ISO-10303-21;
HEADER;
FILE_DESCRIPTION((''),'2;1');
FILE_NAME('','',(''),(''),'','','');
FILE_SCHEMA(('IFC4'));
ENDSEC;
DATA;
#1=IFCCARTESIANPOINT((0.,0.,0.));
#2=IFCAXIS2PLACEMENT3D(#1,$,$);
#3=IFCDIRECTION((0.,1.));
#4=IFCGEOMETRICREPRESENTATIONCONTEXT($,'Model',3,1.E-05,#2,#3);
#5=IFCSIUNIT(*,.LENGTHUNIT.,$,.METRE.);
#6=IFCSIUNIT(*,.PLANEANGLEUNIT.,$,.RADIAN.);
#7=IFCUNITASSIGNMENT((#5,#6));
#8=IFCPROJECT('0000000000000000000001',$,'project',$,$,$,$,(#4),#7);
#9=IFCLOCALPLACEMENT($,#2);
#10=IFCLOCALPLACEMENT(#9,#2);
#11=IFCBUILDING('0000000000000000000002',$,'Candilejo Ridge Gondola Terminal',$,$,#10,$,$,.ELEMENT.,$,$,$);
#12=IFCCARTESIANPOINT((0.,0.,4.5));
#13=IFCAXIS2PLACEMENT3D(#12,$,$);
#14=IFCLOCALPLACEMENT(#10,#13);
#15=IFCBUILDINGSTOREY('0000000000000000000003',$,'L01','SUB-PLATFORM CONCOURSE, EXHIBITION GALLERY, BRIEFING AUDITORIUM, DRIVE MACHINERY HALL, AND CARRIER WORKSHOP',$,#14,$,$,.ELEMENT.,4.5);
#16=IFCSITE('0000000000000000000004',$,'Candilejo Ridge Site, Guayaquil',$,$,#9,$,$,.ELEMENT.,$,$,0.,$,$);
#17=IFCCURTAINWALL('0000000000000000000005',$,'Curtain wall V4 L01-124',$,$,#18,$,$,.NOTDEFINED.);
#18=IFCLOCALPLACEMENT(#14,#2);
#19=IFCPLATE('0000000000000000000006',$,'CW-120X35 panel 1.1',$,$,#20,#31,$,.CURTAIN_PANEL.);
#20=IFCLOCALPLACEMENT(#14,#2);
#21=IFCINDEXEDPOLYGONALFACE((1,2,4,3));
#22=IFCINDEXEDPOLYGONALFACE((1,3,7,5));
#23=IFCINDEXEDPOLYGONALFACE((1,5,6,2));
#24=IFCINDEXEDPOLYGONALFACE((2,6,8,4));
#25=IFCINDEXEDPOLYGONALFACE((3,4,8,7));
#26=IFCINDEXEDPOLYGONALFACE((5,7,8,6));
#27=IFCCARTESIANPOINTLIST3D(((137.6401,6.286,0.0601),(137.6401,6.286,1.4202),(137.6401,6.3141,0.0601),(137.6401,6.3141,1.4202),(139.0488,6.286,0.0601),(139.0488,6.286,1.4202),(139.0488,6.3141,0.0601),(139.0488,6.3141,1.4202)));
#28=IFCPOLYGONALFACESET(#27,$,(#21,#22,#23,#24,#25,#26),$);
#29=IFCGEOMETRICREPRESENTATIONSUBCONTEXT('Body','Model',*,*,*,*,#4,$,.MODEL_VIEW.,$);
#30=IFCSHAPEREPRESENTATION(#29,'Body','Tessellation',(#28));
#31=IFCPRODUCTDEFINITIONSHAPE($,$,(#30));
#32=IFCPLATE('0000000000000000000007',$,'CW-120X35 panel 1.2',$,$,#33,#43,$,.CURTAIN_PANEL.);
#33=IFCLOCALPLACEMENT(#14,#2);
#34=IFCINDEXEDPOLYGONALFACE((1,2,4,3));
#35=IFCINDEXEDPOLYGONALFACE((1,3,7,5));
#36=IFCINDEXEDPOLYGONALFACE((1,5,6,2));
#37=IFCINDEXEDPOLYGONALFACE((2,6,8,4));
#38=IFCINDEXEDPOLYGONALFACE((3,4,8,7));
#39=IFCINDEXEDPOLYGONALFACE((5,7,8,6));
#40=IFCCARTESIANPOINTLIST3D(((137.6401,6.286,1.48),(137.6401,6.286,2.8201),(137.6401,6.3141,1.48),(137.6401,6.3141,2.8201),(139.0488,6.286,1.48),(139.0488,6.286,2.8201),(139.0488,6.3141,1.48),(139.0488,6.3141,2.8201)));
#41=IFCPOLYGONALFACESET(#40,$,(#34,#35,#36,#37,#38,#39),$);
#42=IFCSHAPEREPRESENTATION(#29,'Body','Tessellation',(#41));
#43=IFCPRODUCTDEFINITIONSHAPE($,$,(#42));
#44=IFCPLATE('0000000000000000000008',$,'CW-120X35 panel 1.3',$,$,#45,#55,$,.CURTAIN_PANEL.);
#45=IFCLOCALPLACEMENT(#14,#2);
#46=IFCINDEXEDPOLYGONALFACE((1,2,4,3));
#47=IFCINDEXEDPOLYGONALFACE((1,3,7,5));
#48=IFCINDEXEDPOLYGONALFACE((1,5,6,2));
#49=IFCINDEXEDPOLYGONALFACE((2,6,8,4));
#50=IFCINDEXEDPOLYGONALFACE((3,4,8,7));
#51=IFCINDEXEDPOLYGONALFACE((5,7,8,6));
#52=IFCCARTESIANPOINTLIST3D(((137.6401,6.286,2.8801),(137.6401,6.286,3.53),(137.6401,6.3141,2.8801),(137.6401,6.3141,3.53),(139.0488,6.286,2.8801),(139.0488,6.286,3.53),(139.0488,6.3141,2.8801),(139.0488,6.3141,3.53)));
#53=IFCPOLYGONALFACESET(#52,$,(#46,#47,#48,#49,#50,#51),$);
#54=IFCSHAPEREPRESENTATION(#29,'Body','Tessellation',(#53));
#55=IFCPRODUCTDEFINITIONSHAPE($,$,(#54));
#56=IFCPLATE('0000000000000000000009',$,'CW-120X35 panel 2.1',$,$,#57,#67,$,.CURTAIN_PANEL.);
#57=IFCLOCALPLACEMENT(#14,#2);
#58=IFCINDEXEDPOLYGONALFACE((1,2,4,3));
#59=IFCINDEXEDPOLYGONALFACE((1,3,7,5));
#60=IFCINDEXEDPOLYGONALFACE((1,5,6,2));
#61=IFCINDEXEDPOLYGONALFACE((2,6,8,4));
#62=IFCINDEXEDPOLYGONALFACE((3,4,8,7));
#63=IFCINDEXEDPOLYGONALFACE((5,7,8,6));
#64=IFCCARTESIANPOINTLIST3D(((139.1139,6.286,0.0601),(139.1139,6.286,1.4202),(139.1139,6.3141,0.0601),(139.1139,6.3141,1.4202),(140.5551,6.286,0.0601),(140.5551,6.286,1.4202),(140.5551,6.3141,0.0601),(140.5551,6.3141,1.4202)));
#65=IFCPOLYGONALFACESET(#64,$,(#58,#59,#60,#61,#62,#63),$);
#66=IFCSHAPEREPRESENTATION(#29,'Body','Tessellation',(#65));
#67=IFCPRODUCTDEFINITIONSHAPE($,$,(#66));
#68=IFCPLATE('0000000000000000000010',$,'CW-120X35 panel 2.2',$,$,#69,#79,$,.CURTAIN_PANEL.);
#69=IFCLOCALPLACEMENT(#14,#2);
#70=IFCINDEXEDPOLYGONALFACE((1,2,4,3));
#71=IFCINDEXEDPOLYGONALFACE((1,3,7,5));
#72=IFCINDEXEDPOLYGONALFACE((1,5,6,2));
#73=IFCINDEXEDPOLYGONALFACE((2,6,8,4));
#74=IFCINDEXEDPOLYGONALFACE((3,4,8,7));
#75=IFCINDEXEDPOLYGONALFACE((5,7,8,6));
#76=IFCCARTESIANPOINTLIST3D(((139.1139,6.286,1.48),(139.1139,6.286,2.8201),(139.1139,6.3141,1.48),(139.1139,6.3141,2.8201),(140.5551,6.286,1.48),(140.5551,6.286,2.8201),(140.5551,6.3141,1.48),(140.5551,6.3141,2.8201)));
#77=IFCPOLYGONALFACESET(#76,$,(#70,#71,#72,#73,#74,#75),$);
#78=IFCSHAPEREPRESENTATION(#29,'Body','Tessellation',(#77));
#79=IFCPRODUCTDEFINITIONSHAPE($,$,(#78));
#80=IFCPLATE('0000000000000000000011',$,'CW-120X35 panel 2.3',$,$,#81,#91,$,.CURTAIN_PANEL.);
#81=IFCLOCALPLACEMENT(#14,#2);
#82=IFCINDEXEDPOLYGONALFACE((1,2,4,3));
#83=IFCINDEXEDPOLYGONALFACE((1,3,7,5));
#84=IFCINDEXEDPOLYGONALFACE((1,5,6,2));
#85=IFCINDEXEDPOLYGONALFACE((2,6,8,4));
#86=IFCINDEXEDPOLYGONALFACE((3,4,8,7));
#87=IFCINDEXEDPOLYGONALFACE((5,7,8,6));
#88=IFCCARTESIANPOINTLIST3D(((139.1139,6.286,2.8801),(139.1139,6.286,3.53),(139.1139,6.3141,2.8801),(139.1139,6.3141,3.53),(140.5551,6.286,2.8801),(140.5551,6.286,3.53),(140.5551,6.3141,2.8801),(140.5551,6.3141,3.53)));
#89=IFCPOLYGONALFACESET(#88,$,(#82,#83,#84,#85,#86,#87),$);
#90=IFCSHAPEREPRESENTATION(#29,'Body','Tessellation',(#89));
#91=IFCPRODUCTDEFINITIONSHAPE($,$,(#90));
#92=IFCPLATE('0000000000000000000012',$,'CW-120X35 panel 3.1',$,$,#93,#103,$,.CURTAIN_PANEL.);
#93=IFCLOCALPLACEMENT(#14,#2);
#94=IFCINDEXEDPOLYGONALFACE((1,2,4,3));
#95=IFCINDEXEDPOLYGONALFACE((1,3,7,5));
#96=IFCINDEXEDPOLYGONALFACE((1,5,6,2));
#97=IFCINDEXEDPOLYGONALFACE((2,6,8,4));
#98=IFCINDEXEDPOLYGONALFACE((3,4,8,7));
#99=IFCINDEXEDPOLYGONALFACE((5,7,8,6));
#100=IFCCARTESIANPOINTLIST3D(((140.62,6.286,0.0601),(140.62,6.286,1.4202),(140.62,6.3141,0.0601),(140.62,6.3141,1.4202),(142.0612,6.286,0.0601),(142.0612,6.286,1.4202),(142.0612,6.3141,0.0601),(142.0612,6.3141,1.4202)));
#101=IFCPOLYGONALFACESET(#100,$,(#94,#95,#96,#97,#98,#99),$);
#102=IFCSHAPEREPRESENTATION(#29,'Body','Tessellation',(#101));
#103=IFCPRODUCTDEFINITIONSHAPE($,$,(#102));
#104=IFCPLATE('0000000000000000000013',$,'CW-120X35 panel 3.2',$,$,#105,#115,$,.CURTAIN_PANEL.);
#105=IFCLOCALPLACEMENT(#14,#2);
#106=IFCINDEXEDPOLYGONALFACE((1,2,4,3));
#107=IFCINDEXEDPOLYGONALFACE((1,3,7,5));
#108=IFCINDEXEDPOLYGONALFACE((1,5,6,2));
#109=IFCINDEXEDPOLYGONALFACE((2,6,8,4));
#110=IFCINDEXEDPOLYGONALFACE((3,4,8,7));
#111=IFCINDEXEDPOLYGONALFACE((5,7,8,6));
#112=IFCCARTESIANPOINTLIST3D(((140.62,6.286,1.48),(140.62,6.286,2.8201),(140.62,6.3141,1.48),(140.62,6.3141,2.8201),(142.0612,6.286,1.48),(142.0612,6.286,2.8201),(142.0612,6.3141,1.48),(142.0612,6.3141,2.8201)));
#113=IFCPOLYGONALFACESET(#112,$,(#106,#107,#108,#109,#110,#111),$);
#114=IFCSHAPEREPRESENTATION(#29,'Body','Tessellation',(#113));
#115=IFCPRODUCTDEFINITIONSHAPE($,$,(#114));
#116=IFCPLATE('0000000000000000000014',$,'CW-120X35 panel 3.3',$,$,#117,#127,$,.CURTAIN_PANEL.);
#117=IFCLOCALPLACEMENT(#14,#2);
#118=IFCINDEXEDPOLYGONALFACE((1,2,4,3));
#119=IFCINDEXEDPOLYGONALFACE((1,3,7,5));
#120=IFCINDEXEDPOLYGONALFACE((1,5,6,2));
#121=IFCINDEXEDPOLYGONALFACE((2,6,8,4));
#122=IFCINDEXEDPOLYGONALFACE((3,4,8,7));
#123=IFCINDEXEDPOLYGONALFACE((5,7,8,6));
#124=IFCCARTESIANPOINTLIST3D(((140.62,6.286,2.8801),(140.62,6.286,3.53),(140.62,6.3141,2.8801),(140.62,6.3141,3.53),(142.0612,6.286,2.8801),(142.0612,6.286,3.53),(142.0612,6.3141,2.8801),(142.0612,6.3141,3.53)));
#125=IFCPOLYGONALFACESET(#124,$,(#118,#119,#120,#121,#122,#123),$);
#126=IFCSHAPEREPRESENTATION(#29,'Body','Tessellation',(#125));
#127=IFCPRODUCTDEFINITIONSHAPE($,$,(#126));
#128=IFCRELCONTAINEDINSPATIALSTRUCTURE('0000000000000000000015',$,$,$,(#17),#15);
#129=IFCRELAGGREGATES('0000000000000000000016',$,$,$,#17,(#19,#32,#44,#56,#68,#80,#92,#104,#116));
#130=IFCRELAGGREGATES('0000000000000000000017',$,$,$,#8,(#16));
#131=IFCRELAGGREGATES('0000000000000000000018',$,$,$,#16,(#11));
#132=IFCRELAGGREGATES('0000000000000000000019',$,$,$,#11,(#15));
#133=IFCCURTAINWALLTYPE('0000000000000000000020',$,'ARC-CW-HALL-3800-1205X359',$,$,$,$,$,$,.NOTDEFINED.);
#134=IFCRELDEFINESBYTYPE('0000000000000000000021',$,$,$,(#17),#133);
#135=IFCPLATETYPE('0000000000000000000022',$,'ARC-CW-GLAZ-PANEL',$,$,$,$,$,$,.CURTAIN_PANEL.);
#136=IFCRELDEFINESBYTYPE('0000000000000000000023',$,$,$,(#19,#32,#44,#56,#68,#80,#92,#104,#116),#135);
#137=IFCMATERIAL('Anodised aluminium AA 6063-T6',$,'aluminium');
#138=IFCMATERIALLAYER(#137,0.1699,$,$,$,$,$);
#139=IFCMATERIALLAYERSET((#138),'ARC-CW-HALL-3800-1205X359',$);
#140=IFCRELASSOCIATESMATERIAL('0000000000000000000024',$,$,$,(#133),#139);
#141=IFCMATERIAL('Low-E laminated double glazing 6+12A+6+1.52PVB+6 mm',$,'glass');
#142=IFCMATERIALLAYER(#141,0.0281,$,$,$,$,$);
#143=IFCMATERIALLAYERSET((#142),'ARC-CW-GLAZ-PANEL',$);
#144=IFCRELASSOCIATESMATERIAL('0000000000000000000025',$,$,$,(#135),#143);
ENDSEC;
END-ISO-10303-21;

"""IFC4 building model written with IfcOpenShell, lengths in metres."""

from ifc_helpers import new_model, si_unit, direction, frame, origin, origin_2d, place, context, subcontext, project, spatial, rectangle, extrude, material, layer, layer_set, type_object, element, aggregate, save


model = new_model("IFC4")

# Units and contexts
model_context = context("Model", 3, precision=1e-05, world=origin(), true_north=direction((0.0, 1.0)))
body_context = subcontext(model_context, "Body", "Model", "MODEL_VIEW")
ifc_project = project(units=[si_unit("LENGTHUNIT", "METRE"), si_unit("PLANEANGLEUNIT", "RADIAN")], contexts=[model_context])

# Site, building, storey
site_placement = place(None, origin())
site = spatial("IfcSite", under=ifc_project, at=site_placement, Name="Candilejo Ridge Site, Guayaquil", CompositionType="ELEMENT", RefElevation=0.0)
building_placement = place(site_placement, origin())
building = spatial("IfcBuilding", under=site, at=building_placement, Name="Candilejo Ridge Gondola Terminal", CompositionType="ELEMENT")
storey_placement = place(building_placement, frame((0.0, 0.0, 4.5)))
storey = spatial("IfcBuildingStorey", under=building, at=storey_placement, Name="L01", Description="SUB-PLATFORM CONCOURSE, EXHIBITION GALLERY, BRIEFING AUDITORIUM, DRIVE MACHINERY HALL, AND CARRIER WORKSHOP", CompositionType="ELEMENT", Elevation=4.5)

# Curtain wall, plates
ifc_material_1 = material(Name="Anodised aluminium AA 6063-T6", Category="aluminium")
ifc_layer_1 = layer(ifc_material_1, 0.1699)
ifc_layer_set_1 = layer_set([ifc_layer_1], Name="ARC-CW-HALL-3800-1205X359")
curtain_wall_type = type_object("IfcCurtainWallType", Name="ARC-CW-HALL-3800-1205X359", PredefinedType="NOTDEFINED", material=ifc_layer_set_1)
curtain_wall_placement = place(storey_placement, origin())
curtain_wall = element("IfcCurtainWall", 1, at=curtain_wall_placement, inside=storey, type_object=curtain_wall_type, Name="Curtain wall V4 L01-124", PredefinedType="NOTDEFINED")
ifc_material_2 = material(Name="Low-E laminated double glazing 6+12A+6+1.52PVB+6 mm", Category="glass")
ifc_layer_2 = layer(ifc_material_2, 0.0281)
ifc_layer_set_2 = layer_set([ifc_layer_2], Name="ARC-CW-GLAZ-PANEL")
plate_type = type_object("IfcPlateType", Name="ARC-CW-GLAZ-PANEL", PredefinedType="CURTAIN_PANEL", material=ifc_layer_set_2)
plate_1_placement = place(storey_placement, frame((138.3445, 6.3, 0.0601), z_axis=(0.0, 0.0, 1.0), x_axis=(1.0, 0.0, 0.0)))
plate_1 = element("IfcPlate", 2, at=plate_1_placement, type_object=plate_type, Name="CW-120X35 panel 1.1", PredefinedType="CURTAIN_PANEL", context=body_context, shape_type="SweptSolid", body=[
    extrude(rectangle(XDim=1.4087, YDim=0.0281, at=origin_2d()), origin(), (0.0, 0.0, 1.0), 1.3601),
])
plate_2_placement = place(storey_placement, frame((138.3445, 6.3, 1.48), z_axis=(0.0, 0.0, 1.0), x_axis=(1.0, 0.0, 0.0)))
plate_2 = element("IfcPlate", 3, at=plate_2_placement, type_object=plate_type, Name="CW-120X35 panel 1.2", PredefinedType="CURTAIN_PANEL", context=body_context, shape_type="SweptSolid", body=[
    extrude(rectangle(XDim=1.4087, YDim=0.0281, at=origin_2d()), origin(), (0.0, 0.0, 1.0), 1.3401),
])
plate_3_placement = place(storey_placement, frame((138.3445, 6.3, 2.8801), z_axis=(0.0, 0.0, 1.0), x_axis=(1.0, 0.0, 0.0)))
plate_3 = element("IfcPlate", 4, at=plate_3_placement, type_object=plate_type, Name="CW-120X35 panel 1.3", PredefinedType="CURTAIN_PANEL", context=body_context, shape_type="SweptSolid", body=[
    extrude(rectangle(XDim=1.4087, YDim=0.0281, at=origin_2d()), origin(), (0.0, 0.0, 1.0), 0.6499),
])
plate_4_placement = place(storey_placement, frame((139.8345, 6.3, 0.0601), z_axis=(0.0, 0.0, 1.0), x_axis=(1.0, 0.0, 0.0)))
plate_4 = element("IfcPlate", 5, at=plate_4_placement, type_object=plate_type, Name="CW-120X35 panel 2.1", PredefinedType="CURTAIN_PANEL", context=body_context, shape_type="SweptSolid", body=[
    extrude(rectangle(XDim=1.4412, YDim=0.0281, at=origin_2d()), origin(), (0.0, 0.0, 1.0), 1.3601),
])
plate_5_placement = place(storey_placement, frame((139.8345, 6.3, 1.48), z_axis=(0.0, 0.0, 1.0), x_axis=(1.0, 0.0, 0.0)))
plate_5 = element("IfcPlate", 6, at=plate_5_placement, type_object=plate_type, Name="CW-120X35 panel 2.2", PredefinedType="CURTAIN_PANEL", context=body_context, shape_type="SweptSolid", body=[
    extrude(rectangle(XDim=1.4412, YDim=0.0281, at=origin_2d()), origin(), (0.0, 0.0, 1.0), 1.3401),
])
plate_6_placement = place(storey_placement, frame((139.8345, 6.3, 2.8801), z_axis=(0.0, 0.0, 1.0), x_axis=(1.0, 0.0, 0.0)))
plate_6 = element("IfcPlate", 7, at=plate_6_placement, type_object=plate_type, Name="CW-120X35 panel 2.3", PredefinedType="CURTAIN_PANEL", context=body_context, shape_type="SweptSolid", body=[
    extrude(rectangle(XDim=1.4412, YDim=0.0281, at=origin_2d()), origin(), (0.0, 0.0, 1.0), 0.6499),
])
plate_7_placement = place(storey_placement, frame((141.3406, 6.3, 0.0601), z_axis=(0.0, 0.0, 1.0), x_axis=(1.0, 0.0, 0.0)))
plate_7 = element("IfcPlate", 8, at=plate_7_placement, type_object=plate_type, Name="CW-120X35 panel 3.1", PredefinedType="CURTAIN_PANEL", context=body_context, shape_type="SweptSolid", body=[
    extrude(rectangle(XDim=1.4412, YDim=0.0281, at=origin_2d()), origin(), (0.0, 0.0, 1.0), 1.3601),
])
plate_8_placement = place(storey_placement, frame((141.3406, 6.3, 1.48), z_axis=(0.0, 0.0, 1.0), x_axis=(1.0, 0.0, 0.0)))
plate_8 = element("IfcPlate", 9, at=plate_8_placement, type_object=plate_type, Name="CW-120X35 panel 3.2", PredefinedType="CURTAIN_PANEL", context=body_context, shape_type="SweptSolid", body=[
    extrude(rectangle(XDim=1.4412, YDim=0.0281, at=origin_2d()), origin(), (0.0, 0.0, 1.0), 1.3401),
])
plate_9_placement = place(storey_placement, frame((141.3406, 6.3, 2.8801), z_axis=(0.0, 0.0, 1.0), x_axis=(1.0, 0.0, 0.0)))
plate_9 = element("IfcPlate", 10, at=plate_9_placement, type_object=plate_type, Name="CW-120X35 panel 3.3", PredefinedType="CURTAIN_PANEL", context=body_context, shape_type="SweptSolid", body=[
    extrude(rectangle(XDim=1.4412, YDim=0.0281, at=origin_2d()), origin(), (0.0, 0.0, 1.0), 0.6499),
])
aggregate(curtain_wall, [plate_1, plate_2, plate_3, plate_4, plate_5, plate_6, plate_7, plate_8, plate_9])

save(model, "model.ifc")
